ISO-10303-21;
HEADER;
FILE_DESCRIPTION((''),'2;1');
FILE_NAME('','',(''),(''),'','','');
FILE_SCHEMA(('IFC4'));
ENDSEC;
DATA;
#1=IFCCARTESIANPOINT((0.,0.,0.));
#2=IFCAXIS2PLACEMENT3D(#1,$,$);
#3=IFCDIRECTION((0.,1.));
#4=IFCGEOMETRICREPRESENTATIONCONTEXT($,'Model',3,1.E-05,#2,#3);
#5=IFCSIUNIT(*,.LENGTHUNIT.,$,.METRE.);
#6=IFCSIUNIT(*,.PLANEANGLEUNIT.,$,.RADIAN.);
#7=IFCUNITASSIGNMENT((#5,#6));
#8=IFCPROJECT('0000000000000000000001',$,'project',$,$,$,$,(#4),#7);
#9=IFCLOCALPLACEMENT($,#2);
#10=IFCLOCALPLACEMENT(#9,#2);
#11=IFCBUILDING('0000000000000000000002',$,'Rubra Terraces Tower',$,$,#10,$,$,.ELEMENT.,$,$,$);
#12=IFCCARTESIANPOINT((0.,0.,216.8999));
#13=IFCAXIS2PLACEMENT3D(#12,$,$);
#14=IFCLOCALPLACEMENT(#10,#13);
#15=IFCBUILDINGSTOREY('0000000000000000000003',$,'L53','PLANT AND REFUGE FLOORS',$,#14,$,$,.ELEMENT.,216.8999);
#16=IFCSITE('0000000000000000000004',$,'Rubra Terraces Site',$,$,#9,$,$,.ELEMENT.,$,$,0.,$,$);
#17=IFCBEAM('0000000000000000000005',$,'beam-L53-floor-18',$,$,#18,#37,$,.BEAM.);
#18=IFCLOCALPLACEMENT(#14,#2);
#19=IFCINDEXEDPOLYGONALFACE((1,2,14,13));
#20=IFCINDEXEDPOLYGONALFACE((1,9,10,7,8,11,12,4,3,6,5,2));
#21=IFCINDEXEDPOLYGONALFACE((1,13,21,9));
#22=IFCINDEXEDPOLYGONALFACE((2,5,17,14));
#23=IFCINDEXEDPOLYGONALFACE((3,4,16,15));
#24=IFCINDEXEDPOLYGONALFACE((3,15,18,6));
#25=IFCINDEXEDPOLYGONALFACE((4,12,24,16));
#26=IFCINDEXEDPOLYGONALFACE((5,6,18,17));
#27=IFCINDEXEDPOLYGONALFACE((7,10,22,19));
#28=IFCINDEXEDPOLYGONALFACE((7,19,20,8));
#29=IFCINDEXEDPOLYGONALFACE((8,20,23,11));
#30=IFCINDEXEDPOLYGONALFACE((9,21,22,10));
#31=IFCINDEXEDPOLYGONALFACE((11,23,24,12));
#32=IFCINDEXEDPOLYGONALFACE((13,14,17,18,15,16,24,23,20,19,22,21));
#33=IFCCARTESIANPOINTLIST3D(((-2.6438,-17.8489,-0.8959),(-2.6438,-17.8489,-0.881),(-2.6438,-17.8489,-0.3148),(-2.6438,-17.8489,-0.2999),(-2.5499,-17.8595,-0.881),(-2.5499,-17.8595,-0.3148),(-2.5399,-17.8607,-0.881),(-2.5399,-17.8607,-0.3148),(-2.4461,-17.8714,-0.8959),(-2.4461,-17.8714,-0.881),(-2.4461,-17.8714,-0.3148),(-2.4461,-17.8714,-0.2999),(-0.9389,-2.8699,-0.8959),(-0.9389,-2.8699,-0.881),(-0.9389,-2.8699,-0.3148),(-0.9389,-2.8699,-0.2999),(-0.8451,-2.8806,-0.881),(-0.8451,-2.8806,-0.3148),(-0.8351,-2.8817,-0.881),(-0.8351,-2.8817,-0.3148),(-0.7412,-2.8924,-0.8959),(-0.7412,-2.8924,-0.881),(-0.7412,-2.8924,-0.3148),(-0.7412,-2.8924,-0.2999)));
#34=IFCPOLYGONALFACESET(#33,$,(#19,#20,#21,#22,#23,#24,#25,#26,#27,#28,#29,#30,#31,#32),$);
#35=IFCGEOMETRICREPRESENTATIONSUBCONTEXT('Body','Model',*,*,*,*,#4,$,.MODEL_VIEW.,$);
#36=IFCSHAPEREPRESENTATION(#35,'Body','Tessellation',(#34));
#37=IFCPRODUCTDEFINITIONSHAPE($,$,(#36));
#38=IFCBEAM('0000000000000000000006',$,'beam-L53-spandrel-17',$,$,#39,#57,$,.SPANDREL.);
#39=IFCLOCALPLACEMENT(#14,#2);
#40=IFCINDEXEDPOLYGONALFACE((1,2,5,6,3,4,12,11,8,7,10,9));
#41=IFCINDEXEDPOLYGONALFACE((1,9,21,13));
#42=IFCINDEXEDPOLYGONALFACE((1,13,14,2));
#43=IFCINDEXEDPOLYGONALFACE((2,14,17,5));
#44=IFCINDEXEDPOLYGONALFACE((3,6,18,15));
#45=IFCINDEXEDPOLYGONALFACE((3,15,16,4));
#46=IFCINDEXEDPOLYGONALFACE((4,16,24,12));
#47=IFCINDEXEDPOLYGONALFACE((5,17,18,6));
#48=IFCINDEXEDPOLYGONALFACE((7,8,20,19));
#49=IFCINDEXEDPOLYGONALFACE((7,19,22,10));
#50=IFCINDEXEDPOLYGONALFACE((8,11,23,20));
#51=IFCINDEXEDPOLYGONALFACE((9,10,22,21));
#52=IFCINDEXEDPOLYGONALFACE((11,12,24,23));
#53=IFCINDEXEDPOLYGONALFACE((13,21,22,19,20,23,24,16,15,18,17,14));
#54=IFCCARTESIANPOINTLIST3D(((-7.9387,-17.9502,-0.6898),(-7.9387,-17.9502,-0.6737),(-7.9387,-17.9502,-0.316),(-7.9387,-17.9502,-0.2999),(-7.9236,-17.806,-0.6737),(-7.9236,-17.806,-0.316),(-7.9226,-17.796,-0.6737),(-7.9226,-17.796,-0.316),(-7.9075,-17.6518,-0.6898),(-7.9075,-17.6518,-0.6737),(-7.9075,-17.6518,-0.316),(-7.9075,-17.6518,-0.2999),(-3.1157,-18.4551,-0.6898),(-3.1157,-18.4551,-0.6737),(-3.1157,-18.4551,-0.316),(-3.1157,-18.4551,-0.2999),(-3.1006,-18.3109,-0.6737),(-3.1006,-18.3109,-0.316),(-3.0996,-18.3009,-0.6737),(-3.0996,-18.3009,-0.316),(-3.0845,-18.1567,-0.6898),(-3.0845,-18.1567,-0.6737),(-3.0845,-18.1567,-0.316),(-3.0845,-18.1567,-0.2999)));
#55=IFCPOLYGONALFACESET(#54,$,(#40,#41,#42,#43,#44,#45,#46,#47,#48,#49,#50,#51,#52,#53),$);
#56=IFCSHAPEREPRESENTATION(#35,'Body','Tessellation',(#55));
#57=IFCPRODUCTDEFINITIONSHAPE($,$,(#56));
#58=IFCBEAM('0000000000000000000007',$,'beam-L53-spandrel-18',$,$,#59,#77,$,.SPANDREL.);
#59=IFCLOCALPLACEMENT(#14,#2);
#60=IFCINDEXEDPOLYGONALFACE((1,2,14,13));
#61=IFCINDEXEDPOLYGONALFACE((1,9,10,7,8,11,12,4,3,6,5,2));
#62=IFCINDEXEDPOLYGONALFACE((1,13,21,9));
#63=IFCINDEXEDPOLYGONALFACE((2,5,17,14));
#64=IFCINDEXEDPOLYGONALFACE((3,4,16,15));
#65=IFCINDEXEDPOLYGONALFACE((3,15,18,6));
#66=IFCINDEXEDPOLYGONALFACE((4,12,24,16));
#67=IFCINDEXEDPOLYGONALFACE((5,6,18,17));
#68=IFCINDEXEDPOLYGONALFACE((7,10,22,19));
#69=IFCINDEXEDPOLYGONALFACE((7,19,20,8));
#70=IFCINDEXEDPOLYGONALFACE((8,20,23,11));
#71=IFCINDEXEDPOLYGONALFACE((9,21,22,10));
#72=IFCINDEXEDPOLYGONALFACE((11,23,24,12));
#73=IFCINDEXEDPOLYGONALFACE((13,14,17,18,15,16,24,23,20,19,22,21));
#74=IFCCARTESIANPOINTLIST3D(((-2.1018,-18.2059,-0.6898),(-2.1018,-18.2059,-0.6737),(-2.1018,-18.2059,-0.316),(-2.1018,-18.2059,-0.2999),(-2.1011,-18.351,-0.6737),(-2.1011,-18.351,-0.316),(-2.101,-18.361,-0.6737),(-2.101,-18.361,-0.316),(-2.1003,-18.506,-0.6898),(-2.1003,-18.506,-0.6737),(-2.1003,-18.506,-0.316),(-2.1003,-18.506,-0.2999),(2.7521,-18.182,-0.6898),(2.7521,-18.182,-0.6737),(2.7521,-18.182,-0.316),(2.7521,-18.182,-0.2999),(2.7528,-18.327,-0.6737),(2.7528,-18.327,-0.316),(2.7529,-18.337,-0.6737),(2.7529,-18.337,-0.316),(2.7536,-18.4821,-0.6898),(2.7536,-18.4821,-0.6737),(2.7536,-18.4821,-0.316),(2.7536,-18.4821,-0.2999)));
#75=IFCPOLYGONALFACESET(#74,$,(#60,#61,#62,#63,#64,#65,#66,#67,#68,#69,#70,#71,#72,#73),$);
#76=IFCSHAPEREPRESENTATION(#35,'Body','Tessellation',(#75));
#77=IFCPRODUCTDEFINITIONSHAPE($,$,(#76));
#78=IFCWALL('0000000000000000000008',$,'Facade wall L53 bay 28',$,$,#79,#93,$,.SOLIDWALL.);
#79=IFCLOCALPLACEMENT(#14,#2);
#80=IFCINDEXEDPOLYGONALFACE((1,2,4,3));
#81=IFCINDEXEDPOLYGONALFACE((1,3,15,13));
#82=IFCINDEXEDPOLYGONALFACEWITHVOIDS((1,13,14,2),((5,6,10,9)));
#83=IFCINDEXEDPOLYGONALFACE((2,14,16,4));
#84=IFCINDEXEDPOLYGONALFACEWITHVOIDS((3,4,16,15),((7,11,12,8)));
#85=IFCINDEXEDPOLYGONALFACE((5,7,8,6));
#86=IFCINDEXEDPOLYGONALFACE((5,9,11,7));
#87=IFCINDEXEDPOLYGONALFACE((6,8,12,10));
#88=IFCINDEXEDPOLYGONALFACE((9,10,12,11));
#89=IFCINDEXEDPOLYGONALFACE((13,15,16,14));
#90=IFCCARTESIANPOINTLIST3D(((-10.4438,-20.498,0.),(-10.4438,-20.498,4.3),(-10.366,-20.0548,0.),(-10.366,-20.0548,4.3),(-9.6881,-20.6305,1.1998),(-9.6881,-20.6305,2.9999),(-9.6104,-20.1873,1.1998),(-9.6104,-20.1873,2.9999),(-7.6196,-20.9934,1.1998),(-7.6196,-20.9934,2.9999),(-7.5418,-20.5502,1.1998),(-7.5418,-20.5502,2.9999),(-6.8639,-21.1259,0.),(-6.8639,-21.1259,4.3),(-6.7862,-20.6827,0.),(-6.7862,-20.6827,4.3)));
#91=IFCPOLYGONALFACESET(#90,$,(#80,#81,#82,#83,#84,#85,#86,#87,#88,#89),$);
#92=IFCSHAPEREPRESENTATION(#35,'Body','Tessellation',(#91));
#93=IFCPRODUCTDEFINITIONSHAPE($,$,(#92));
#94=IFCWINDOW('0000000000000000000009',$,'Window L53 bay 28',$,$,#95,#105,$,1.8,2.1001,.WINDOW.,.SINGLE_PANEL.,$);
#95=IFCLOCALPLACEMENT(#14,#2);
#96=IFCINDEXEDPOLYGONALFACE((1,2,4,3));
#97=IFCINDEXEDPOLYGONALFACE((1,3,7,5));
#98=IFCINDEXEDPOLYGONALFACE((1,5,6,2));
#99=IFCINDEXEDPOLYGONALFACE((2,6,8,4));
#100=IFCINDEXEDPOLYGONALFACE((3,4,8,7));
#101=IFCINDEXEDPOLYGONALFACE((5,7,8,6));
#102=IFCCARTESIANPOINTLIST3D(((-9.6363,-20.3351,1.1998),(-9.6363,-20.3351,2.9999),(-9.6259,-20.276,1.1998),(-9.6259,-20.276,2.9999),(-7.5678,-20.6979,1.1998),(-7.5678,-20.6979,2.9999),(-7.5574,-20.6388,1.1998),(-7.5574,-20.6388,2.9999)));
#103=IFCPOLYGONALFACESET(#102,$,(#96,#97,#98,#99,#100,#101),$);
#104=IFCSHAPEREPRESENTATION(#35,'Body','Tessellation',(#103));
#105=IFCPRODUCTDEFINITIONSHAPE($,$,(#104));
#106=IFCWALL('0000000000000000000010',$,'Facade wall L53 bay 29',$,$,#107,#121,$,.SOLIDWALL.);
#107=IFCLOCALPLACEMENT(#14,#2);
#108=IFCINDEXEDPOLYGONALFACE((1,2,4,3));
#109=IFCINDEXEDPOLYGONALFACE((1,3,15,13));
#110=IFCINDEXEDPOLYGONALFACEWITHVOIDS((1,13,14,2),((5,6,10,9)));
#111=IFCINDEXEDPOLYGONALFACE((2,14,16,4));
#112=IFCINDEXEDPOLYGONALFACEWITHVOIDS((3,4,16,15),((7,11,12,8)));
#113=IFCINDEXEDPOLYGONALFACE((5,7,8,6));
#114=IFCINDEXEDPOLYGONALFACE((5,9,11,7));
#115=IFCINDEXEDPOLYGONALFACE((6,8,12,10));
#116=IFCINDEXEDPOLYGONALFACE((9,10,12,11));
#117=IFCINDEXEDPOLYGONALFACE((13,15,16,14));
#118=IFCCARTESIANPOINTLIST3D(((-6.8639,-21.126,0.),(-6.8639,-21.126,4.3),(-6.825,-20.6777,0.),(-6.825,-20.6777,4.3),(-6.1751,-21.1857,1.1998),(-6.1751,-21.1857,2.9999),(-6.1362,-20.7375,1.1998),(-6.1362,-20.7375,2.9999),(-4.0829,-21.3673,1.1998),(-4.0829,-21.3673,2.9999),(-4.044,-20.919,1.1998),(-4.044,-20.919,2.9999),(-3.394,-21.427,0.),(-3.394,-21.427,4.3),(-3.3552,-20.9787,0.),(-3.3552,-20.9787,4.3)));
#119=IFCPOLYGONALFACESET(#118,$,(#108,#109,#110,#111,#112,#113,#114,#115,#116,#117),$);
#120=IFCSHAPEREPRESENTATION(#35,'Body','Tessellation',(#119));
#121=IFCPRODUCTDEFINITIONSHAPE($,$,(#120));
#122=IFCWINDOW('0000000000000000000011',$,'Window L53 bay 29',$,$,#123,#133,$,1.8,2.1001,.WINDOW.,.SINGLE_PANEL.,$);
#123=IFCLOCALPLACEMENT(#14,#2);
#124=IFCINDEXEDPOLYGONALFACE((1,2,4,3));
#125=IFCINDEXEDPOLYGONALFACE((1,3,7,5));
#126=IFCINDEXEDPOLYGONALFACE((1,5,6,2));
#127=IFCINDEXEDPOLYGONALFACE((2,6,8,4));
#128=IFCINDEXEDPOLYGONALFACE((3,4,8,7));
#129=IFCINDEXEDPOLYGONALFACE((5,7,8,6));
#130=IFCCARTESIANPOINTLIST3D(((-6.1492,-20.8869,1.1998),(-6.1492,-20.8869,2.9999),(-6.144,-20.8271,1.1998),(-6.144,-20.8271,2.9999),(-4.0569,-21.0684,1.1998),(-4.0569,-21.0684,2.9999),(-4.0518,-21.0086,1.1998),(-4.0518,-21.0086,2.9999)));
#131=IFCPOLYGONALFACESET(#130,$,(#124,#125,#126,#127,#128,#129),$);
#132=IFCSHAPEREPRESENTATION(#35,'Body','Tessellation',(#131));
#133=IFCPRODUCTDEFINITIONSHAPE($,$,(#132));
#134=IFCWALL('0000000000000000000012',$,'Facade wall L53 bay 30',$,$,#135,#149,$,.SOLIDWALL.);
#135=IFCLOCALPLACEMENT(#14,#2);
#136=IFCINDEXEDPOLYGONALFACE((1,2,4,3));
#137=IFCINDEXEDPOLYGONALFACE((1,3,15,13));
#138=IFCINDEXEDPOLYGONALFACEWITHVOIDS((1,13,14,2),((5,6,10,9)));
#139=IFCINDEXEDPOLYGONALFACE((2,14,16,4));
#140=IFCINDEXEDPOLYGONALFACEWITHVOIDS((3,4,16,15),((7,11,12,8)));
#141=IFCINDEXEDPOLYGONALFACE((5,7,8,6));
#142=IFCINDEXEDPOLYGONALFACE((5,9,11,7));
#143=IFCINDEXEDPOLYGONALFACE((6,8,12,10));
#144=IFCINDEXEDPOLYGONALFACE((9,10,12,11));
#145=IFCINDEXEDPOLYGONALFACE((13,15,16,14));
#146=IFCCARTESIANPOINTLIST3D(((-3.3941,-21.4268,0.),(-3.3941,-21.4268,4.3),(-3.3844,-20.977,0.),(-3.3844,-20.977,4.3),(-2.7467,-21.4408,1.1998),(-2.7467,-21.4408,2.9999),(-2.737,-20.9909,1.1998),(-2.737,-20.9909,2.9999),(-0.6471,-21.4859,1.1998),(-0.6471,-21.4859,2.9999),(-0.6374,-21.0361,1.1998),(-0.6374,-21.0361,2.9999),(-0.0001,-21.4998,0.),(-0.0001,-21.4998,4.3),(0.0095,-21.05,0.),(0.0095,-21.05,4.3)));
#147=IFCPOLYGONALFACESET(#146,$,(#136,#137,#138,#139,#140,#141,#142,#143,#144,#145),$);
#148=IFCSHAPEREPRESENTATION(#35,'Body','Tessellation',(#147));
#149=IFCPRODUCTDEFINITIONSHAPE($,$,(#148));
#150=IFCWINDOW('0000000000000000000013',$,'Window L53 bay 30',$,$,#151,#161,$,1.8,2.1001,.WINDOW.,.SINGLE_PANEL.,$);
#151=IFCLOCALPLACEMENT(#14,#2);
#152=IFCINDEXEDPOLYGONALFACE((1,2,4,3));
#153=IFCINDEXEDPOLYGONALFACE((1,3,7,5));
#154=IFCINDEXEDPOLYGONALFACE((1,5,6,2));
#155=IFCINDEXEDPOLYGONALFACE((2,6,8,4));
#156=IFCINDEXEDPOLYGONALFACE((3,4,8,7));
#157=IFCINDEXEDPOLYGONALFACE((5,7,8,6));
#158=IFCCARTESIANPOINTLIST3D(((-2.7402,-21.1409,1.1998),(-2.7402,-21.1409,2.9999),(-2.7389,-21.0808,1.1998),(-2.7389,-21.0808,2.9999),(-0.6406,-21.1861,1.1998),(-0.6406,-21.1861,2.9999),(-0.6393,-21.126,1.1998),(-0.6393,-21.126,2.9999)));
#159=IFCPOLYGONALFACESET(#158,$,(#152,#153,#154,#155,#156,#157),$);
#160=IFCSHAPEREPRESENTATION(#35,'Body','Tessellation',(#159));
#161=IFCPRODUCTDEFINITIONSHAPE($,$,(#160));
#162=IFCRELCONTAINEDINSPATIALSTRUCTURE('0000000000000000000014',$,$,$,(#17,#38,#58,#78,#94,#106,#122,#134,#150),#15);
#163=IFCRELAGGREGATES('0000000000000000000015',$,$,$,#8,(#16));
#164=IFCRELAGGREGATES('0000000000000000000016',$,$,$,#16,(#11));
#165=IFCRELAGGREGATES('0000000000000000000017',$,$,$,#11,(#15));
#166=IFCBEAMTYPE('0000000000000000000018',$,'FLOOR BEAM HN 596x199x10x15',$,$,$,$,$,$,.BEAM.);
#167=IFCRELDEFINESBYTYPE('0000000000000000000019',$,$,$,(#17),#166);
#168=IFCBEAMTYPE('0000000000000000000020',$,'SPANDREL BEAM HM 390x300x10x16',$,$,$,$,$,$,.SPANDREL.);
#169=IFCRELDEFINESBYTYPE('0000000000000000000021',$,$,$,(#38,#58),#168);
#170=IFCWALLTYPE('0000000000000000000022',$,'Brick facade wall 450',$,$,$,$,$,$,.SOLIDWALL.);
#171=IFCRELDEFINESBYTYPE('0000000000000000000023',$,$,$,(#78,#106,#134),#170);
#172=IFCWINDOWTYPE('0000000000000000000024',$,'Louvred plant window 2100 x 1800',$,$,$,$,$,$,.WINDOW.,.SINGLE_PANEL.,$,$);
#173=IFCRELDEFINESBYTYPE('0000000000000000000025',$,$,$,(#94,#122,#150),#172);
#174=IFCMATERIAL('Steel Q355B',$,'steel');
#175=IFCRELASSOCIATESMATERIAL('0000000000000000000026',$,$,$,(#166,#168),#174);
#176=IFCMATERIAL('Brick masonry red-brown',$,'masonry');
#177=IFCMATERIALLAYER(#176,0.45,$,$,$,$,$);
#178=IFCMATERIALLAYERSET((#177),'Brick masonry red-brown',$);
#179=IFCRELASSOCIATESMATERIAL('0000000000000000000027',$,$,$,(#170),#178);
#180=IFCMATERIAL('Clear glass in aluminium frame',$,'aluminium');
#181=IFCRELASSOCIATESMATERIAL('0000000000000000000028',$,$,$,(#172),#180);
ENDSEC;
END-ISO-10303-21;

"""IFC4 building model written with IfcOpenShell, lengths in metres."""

from ifc_helpers import new_model, si_unit, direction, frame, frame_2d, origin, origin_2d, place, context, subcontext, project, spatial, rectangle, i_section, extrude, material, layer, layer_set, material_profile, profile_set, type_object, element, fill, save


model = new_model("IFC4")

# Units and contexts
model_context = context("Model", 3, precision=1e-05, world=origin(), true_north=direction((0.0, 1.0)))
body_context = subcontext(model_context, "Body", "Model", "MODEL_VIEW")
ifc_project = project(units=[si_unit("LENGTHUNIT", "METRE"), si_unit("PLANEANGLEUNIT", "RADIAN")], contexts=[model_context])

# Site, building, storey
site_placement = place(None, origin())
site = spatial("IfcSite", under=ifc_project, at=site_placement, Name="Rubra Terraces Site", CompositionType="ELEMENT", RefElevation=0.0)
building_placement = place(site_placement, origin())
building = spatial("IfcBuilding", under=site, at=building_placement, Name="Rubra Terraces Tower", CompositionType="ELEMENT")
storey_placement = place(building_placement, frame((0.0, 0.0, 216.8999)))
storey = spatial("IfcBuildingStorey", under=building, at=storey_placement, Name="L53", Description="PLANT AND REFUGE FLOORS", CompositionType="ELEMENT", Elevation=216.8999)

# Shared definitions
ifc_material_1 = material(Name="Steel Q355B", Category="steel")

# Beams
ifc_material_profile_1 = material_profile(ifc_material_1, i_section(OverallWidth=0.199, OverallDepth=0.5959, WebThickness=0.01, FlangeThickness=0.0149, at=origin_2d()), Name="HN 596x199x10x15")
ifc_profile_set_1 = profile_set([ifc_material_profile_1], Name="Steel Q355B")
beam_type_1 = type_object("IfcBeamType", Name="FLOOR BEAM HN 596x199x10x15", PredefinedType="BEAM", material=ifc_profile_set_1)
beam_1_placement = place(storey_placement, frame((-2.5449, -17.8601, -0.5979), z_axis=(0.113085, 0.993585, 0.0), x_axis=(-0.993585, 0.113085, 0.0)))
element("IfcBeam", 1, at=beam_1_placement, inside=storey, type_object=beam_type_1, Name="beam-L53-floor-18", PredefinedType="BEAM", context=body_context, shape_type="SweptSolid", body=[
    extrude(i_section(OverallWidth=0.199, OverallDepth=0.5959, WebThickness=0.01, FlangeThickness=0.0149, at=origin_2d()), origin(), (0.0, 0.0, 1.0), 15.0757),
])
ifc_material_profile_2 = material_profile(ifc_material_1, i_section(OverallWidth=0.3, OverallDepth=0.3899, WebThickness=0.01, FlangeThickness=0.0161, at=origin_2d()), Name="HM 390x300x10x16")
ifc_profile_set_2 = profile_set([ifc_material_profile_2], Name="Steel Q355B")
beam_type_2 = type_object("IfcBeamType", Name="SPANDREL BEAM HM 390x300x10x16", PredefinedType="SPANDREL", material=ifc_profile_set_2)
beam_2_placement = place(storey_placement, frame((-7.9231, -17.801, -0.4949), z_axis=(0.994565, -0.104113, 0.0), x_axis=(0.104113, 0.994565, 0.0)))
element("IfcBeam", 2, at=beam_2_placement, inside=storey, type_object=beam_type_2, Name="beam-L53-spandrel-17", PredefinedType="SPANDREL", context=body_context, shape_type="SweptSolid", body=[
    extrude(i_section(OverallWidth=0.3, OverallDepth=0.3899, WebThickness=0.01, FlangeThickness=0.0161, at=origin_2d()), origin(), (0.0, 0.0, 1.0), 4.8494),
])
beam_3_placement = place(storey_placement, frame((-2.1011, -18.356, -0.4949), z_axis=(0.999988, 0.004929, 0.0), x_axis=(-0.004929, 0.999988, 0.0)))
element("IfcBeam", 3, at=beam_3_placement, inside=storey, type_object=beam_type_2, Name="beam-L53-spandrel-18", PredefinedType="SPANDREL", context=body_context, shape_type="SweptSolid", body=[
    extrude(i_section(OverallWidth=0.3, OverallDepth=0.3899, WebThickness=0.01, FlangeThickness=0.0161, at=origin_2d()), origin(), (0.0, 0.0, 1.0), 4.854),
])

# Walls, openings, windows
ifc_material_2 = material(Name="Brick masonry red-brown", Category="masonry")
ifc_layer_1 = layer(ifc_material_2, 0.45)
ifc_layer_set_1 = layer_set([ifc_layer_1], Name="Brick masonry red-brown")
wall_type_1 = type_object("IfcWallType", Name="Brick facade wall 450", PredefinedType="SOLIDWALL", material=ifc_layer_set_1)
wall_1_placement = place(storey_placement, frame((-10.405, -20.2764, 0.0), z_axis=(0.0, 0.0, 1.0), x_axis=(0.984962, -0.17277, 0.0)))
wall_1 = element("IfcWall", 4, at=wall_1_placement, inside=storey, type_object=wall_type_1, Name="Facade wall L53 bay 28", PredefinedType="SOLIDWALL", context=body_context, shape_type="SweptSolid", body=[
    extrude(rectangle(XDim=3.6345, YDim=0.45, at=frame_2d((1.8174, 0.0))), origin(), (0.0, 0.0, 1.0), 4.3),
])
opening_1_placement = place(wall_1_placement, frame((0.7673, 0.0, 1.2)))
opening_1 = element("IfcOpeningElement", 5, at=opening_1_placement, cuts=wall_1, PredefinedType="OPENING", context=body_context, shape_type="SweptSolid", body=[
    extrude(rectangle(XDim=2.1001, YDim=1.8, at=frame_2d((1.05, 0.8999))), frame((0.0, 0.2349, 0.0), z_axis=(0.0, -1.0, 0.0), x_axis=(1.0, 0.0, 0.0)), (0.0, 0.0, 1.0), 0.47),
])
ifc_material_3 = material(Name="Clear glass in aluminium frame", Category="aluminium")
window_type = type_object("IfcWindowType", Name="Louvred plant window 2100 x 1800", PartitioningType="SINGLE_PANEL", PredefinedType="WINDOW", material=ifc_material_3)
window_1_placement = place(opening_1_placement, origin())
window_1 = element("IfcWindow", 6, at=window_1_placement, inside=storey, type_object=window_type, Name="Window L53 bay 28", OverallHeight=1.8, OverallWidth=2.1001, PartitioningType="SINGLE_PANEL", PredefinedType="WINDOW", context=body_context, shape_type="SweptSolid", body=[
    extrude(rectangle(XDim=2.1001, YDim=1.8, at=frame_2d((1.05, 0.8999))), frame((0.0, 0.135, 0.0), z_axis=(0.0, -1.0, 0.0), x_axis=(1.0, 0.0, 0.0)), (0.0, 0.0, 1.0), 0.0601),
])
fill(opening_1, window_1)
wall_2_placement = place(storey_placement, frame((-6.8445, -20.9019, 0.0), z_axis=(0.0, 0.0, 1.0), x_axis=(0.996258, -0.086427, 0.0)))
wall_2 = element("IfcWall", 7, at=wall_2_placement, inside=storey, type_object=wall_type_1, Name="Facade wall L53 bay 29", PredefinedType="SOLIDWALL", context=body_context, shape_type="SweptSolid", body=[
    extrude(rectangle(XDim=3.4829, YDim=0.45, at=frame_2d((1.7415, 0.0))), origin(), (0.0, 0.0, 1.0), 4.3),
])
opening_2_placement = place(wall_2_placement, frame((0.6914, 0.0, 1.2)))
opening_2 = element("IfcOpeningElement", 8, at=opening_2_placement, cuts=wall_2, PredefinedType="OPENING", context=body_context, shape_type="SweptSolid", body=[
    extrude(rectangle(XDim=2.1001, YDim=1.8, at=frame_2d((1.05, 0.8999))), frame((0.0, 0.2349, 0.0), z_axis=(0.0, -1.0, 0.0), x_axis=(1.0, 0.0, 0.0)), (0.0, 0.0, 1.0), 0.47),
])
window_2_placement = place(opening_2_placement, origin())
window_2 = element("IfcWindow", 9, at=window_2_placement, inside=storey, type_object=window_type, Name="Window L53 bay 29", OverallHeight=1.8, OverallWidth=2.1001, PartitioningType="SINGLE_PANEL", PredefinedType="WINDOW", context=body_context, shape_type="SweptSolid", body=[
    extrude(rectangle(XDim=2.1001, YDim=1.8, at=frame_2d((1.05, 0.8999))), frame((0.0, 0.135, 0.0), z_axis=(0.0, -1.0, 0.0), x_axis=(1.0, 0.0, 0.0)), (0.0, 0.0, 1.0), 0.0601),
])
fill(opening_2, window_2)
wall_3_placement = place(storey_placement, frame((-3.3892, -21.2019, 0.0), z_axis=(0.0, 0.0, 1.0), x_axis=(0.999769, -0.021503, 0.0)))
wall_3 = element("IfcWall", 10, at=wall_3_placement, inside=storey, type_object=wall_type_1, Name="Facade wall L53 bay 30", PredefinedType="SOLIDWALL", context=body_context, shape_type="SweptSolid", body=[
    extrude(rectangle(XDim=3.3948, YDim=0.45, at=frame_2d((1.6973, 0.0))), origin(), (0.0, 0.0, 1.0), 4.3),
])
opening_3_placement = place(wall_3_placement, frame((0.6475, 0.0, 1.2)))
opening_3 = element("IfcOpeningElement", 11, at=opening_3_placement, cuts=wall_3, PredefinedType="OPENING", context=body_context, shape_type="SweptSolid", body=[
    extrude(rectangle(XDim=2.1001, YDim=1.8, at=frame_2d((1.05, 0.8999))), frame((0.0, 0.2349, 0.0), z_axis=(0.0, -1.0, 0.0), x_axis=(1.0, 0.0, 0.0)), (0.0, 0.0, 1.0), 0.47),
])
window_3_placement = place(opening_3_placement, origin())
window_3 = element("IfcWindow", 12, at=window_3_placement, inside=storey, type_object=window_type, Name="Window L53 bay 30", OverallHeight=1.8, OverallWidth=2.1001, PartitioningType="SINGLE_PANEL", PredefinedType="WINDOW", context=body_context, shape_type="SweptSolid", body=[
    extrude(rectangle(XDim=2.1001, YDim=1.8, at=frame_2d((1.05, 0.8999))), frame((0.0, 0.135, 0.0), z_axis=(0.0, -1.0, 0.0), x_axis=(1.0, 0.0, 0.0)), (0.0, 0.0, 1.0), 0.0601),
])
fill(opening_3, window_3)

save(model, "model.ifc")
